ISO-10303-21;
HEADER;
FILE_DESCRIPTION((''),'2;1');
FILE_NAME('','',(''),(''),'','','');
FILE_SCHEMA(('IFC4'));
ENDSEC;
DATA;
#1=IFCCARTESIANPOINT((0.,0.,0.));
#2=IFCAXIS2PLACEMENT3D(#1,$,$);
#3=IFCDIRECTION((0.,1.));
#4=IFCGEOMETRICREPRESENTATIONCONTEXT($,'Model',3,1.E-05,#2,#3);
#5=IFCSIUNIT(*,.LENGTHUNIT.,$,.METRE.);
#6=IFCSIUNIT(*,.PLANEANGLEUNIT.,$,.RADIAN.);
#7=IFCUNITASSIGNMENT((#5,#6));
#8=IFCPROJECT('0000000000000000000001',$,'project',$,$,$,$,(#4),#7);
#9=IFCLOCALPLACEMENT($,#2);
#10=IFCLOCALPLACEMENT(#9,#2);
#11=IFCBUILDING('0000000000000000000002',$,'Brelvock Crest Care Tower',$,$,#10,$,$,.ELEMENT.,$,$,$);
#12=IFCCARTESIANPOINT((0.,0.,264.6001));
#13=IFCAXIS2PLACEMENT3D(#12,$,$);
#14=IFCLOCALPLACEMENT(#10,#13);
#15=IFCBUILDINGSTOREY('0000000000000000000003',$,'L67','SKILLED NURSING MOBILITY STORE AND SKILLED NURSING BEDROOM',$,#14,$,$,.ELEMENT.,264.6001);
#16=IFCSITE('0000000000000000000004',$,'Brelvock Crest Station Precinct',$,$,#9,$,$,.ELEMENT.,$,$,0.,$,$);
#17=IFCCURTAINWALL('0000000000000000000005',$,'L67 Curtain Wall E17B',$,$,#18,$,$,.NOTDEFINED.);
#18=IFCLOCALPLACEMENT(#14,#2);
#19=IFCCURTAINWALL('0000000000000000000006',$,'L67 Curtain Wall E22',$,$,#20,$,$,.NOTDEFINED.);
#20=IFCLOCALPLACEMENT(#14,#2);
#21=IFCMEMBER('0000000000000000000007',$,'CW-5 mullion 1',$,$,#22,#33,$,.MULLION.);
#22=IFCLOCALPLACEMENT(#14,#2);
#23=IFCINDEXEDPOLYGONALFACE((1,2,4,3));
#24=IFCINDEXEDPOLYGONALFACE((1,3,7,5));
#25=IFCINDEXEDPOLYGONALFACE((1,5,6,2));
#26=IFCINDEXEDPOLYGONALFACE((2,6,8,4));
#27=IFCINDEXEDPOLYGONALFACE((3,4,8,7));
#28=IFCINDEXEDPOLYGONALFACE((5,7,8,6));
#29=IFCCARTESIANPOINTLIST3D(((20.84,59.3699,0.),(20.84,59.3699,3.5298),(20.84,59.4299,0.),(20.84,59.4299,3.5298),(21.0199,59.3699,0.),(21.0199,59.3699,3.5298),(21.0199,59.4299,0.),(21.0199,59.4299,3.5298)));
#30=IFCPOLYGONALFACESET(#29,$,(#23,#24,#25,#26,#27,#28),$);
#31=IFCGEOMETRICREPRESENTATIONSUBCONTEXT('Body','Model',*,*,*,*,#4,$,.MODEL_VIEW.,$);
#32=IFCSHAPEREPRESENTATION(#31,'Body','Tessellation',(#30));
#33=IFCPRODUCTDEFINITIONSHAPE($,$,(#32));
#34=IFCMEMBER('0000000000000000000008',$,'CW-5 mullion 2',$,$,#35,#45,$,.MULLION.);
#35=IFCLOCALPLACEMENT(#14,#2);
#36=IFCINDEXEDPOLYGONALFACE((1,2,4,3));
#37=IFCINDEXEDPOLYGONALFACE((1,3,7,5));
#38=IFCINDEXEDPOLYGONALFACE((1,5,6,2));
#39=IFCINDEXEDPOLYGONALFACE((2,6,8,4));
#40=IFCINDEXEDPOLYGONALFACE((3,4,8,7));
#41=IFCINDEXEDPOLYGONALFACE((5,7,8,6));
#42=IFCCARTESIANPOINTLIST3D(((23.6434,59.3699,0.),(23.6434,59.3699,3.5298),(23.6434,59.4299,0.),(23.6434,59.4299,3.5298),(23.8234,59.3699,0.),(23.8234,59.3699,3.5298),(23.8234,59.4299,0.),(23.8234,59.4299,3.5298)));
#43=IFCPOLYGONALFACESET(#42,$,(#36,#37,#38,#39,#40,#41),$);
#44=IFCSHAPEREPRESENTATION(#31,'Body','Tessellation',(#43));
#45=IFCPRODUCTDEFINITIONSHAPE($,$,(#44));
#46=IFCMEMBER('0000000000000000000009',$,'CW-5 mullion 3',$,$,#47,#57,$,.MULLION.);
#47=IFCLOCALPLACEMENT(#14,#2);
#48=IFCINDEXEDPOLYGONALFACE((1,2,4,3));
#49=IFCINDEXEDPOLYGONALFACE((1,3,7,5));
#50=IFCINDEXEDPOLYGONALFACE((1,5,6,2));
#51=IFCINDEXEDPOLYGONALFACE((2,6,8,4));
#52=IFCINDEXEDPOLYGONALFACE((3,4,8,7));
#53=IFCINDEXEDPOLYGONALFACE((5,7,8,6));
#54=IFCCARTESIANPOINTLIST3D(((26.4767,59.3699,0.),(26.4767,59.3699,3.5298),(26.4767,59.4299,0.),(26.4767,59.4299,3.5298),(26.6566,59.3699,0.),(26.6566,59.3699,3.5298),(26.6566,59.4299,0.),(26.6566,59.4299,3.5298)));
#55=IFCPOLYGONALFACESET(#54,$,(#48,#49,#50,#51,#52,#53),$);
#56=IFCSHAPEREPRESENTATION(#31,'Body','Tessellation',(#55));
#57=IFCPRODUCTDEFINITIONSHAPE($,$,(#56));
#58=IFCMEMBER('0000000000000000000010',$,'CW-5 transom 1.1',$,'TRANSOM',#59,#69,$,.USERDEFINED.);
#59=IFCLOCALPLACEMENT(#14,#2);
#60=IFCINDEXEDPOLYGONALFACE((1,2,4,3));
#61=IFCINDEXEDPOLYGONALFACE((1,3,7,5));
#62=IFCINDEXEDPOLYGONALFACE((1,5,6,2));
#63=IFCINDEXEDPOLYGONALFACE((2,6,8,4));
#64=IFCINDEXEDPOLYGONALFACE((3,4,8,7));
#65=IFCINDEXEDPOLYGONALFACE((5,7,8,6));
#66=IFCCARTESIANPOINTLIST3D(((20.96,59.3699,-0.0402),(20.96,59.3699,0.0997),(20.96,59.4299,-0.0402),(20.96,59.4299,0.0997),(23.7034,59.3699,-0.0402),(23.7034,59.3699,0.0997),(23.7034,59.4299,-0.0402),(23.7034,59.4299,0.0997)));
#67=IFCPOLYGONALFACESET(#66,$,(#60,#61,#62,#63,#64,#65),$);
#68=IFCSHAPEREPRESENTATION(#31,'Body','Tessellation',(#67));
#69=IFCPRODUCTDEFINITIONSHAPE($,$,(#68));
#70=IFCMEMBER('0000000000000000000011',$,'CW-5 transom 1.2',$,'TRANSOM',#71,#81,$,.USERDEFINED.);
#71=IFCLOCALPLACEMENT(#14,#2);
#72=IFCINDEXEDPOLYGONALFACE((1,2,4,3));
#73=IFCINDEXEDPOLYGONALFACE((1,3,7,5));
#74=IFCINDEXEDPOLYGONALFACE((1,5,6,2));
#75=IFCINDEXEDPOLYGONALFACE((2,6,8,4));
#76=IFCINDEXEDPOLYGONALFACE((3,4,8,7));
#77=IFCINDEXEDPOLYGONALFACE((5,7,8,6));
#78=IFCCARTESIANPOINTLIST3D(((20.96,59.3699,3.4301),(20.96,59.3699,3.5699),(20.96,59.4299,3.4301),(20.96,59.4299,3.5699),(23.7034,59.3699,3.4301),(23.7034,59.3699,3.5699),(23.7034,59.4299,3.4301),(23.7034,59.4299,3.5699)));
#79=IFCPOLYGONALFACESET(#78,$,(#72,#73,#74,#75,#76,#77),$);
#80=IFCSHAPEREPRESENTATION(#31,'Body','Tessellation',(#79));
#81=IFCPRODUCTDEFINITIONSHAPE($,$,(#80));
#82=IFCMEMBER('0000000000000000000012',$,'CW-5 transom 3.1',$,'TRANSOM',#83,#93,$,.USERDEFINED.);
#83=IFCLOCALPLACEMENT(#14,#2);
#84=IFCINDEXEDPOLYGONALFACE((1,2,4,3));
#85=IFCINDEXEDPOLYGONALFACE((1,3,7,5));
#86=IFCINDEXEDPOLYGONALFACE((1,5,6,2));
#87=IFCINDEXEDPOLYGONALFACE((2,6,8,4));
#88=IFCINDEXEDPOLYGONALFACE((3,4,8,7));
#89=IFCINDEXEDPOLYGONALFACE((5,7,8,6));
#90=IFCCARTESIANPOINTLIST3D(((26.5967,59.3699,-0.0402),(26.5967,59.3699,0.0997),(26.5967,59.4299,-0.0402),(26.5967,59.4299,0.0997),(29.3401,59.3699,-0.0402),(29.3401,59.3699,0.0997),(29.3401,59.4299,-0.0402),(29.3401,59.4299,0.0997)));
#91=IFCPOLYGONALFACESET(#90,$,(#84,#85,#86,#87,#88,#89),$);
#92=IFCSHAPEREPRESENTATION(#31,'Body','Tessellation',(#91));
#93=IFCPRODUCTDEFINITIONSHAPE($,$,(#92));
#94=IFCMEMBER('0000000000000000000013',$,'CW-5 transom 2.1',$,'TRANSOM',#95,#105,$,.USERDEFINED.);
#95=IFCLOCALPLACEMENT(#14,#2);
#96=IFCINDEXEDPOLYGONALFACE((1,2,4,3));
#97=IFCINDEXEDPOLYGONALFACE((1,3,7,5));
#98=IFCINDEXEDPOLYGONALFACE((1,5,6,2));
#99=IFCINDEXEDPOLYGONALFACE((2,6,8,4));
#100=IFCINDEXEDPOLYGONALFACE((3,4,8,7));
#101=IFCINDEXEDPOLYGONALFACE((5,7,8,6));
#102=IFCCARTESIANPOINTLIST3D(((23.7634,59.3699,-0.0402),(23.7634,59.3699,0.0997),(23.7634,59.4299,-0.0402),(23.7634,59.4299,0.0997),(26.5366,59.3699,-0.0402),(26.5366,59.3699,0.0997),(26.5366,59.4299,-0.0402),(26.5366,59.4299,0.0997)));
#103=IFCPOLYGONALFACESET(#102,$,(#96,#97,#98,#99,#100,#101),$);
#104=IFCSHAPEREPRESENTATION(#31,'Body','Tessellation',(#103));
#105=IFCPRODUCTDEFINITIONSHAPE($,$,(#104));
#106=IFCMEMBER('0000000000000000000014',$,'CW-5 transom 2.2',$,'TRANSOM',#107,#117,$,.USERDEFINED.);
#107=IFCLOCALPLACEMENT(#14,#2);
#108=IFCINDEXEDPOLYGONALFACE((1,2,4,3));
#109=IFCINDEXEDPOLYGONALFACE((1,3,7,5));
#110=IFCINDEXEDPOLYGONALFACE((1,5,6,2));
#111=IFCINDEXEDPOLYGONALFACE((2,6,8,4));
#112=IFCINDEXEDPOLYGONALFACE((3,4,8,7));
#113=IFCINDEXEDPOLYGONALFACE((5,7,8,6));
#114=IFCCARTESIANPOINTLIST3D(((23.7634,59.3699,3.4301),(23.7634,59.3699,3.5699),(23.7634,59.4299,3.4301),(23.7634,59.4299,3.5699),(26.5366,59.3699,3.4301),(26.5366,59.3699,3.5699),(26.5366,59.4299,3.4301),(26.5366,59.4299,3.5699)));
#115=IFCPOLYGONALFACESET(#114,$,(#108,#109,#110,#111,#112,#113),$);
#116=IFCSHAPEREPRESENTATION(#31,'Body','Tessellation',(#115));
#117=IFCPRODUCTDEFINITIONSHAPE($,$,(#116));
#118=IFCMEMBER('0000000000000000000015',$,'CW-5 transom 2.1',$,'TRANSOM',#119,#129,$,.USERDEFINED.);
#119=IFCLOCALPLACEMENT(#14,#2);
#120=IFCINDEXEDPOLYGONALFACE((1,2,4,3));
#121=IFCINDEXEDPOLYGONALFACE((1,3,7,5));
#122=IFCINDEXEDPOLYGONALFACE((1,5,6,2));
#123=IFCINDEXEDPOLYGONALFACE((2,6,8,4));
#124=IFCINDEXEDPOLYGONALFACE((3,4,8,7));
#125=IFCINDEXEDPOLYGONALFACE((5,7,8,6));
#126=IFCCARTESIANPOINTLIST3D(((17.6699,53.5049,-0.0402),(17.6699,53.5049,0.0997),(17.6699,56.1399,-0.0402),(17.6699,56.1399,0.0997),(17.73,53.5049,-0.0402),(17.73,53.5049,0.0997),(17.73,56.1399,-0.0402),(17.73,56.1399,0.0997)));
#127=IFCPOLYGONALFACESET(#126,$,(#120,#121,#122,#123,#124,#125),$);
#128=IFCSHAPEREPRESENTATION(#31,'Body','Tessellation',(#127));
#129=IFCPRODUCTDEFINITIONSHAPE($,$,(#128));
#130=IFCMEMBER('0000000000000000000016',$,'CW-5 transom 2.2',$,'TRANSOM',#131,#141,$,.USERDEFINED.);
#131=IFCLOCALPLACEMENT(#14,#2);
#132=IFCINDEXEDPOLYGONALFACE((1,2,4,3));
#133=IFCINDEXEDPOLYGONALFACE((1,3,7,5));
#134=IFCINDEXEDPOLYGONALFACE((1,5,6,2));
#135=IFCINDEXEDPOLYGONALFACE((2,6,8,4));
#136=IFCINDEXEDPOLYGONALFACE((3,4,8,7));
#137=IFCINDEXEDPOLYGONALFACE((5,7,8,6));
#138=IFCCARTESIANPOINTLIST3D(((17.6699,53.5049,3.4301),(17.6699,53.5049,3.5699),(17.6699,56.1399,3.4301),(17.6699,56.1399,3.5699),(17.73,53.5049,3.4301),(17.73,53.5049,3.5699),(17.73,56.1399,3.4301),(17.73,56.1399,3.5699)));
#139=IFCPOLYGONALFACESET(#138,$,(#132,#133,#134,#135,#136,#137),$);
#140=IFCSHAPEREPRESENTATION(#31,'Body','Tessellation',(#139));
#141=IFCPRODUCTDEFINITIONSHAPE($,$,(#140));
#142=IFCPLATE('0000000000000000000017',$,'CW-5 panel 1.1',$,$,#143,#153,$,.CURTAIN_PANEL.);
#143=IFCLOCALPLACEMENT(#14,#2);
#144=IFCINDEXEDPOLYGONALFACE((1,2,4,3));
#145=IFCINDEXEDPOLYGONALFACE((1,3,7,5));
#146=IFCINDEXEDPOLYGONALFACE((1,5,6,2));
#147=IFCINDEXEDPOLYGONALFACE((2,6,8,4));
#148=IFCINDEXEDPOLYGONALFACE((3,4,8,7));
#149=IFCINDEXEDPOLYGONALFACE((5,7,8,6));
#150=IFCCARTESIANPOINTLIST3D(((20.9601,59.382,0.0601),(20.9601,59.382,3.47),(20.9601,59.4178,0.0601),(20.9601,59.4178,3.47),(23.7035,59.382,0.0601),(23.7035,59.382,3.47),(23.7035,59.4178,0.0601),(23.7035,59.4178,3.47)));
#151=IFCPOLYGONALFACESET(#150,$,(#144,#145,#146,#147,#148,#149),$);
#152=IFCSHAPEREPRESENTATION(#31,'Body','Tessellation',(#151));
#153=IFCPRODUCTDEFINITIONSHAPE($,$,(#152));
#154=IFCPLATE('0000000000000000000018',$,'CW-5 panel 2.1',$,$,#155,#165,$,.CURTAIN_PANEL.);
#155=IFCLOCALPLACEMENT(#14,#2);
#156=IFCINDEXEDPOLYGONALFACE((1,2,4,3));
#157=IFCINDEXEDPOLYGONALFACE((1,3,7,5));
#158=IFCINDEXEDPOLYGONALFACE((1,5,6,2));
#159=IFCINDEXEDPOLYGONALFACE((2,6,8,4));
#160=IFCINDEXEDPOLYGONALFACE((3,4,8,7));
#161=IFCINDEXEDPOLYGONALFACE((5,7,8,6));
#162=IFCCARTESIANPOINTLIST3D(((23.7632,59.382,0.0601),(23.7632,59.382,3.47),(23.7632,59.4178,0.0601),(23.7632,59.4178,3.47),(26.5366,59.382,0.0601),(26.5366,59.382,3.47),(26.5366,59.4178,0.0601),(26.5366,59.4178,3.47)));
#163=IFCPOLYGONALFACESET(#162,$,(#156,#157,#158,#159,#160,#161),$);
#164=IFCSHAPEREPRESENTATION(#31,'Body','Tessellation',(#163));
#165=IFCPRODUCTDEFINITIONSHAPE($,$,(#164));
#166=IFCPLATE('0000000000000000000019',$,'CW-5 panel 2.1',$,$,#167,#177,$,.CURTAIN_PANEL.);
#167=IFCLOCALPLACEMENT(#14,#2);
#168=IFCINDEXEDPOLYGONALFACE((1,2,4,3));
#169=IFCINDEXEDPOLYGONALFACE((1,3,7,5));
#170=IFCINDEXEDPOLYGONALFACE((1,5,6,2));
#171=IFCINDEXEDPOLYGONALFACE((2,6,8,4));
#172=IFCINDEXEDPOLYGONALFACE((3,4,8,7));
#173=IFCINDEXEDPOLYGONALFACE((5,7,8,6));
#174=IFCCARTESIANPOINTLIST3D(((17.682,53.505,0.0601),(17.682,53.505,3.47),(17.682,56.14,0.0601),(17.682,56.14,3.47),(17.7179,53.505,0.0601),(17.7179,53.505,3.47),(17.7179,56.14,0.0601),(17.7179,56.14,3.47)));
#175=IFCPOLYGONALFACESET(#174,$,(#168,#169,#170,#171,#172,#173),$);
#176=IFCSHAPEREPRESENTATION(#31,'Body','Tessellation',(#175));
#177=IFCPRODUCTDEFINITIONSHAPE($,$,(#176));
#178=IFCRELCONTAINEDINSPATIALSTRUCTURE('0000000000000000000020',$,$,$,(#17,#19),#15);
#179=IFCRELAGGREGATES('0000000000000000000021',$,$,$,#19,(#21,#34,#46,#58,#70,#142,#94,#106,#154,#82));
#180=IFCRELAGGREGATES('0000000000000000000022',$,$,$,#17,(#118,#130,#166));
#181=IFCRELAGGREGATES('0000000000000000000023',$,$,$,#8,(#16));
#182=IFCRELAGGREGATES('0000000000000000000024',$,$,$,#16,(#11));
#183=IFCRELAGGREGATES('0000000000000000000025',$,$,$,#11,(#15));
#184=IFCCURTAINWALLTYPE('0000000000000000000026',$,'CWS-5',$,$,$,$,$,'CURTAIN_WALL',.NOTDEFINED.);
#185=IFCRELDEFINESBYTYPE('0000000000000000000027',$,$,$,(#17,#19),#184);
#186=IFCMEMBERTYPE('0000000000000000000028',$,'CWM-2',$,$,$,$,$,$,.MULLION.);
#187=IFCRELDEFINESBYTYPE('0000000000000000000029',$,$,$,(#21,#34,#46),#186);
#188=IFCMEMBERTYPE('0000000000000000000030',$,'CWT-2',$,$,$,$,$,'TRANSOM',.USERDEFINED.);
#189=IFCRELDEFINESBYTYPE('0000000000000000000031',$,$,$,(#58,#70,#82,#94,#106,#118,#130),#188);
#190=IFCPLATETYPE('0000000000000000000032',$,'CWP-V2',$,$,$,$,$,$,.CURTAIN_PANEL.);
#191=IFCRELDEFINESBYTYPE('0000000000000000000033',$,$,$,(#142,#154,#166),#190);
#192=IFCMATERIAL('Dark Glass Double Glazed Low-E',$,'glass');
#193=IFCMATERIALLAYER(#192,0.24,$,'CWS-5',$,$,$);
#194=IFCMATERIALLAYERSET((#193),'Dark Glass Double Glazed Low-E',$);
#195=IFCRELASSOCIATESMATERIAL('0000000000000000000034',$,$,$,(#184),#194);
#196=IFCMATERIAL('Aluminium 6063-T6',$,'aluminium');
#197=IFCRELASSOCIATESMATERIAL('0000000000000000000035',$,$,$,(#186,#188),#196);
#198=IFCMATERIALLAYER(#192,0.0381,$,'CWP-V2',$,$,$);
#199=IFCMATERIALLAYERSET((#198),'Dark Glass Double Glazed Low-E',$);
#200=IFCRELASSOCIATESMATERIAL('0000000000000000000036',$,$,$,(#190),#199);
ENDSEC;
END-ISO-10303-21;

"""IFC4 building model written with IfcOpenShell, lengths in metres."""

from ifc_helpers import new_model, si_unit, direction, frame, origin, origin_2d, place, context, subcontext, project, spatial, rectangle, extrude, source, transform, mapped, material, layer, layer_set, material_profile, profile_set, type_object, element, aggregate, save


model = new_model("IFC4")

# Units and contexts
model_context = context("Model", 3, precision=1e-05, world=origin(), true_north=direction((0.0, 1.0)))
body_context = subcontext(model_context, "Body", "Model", "MODEL_VIEW")
ifc_project = project(units=[si_unit("LENGTHUNIT", "METRE"), si_unit("PLANEANGLEUNIT", "RADIAN")], contexts=[model_context])

# Site, building, storey
site_placement = place(None, origin())
site = spatial("IfcSite", under=ifc_project, at=site_placement, Name="Brelvock Crest Station Precinct", CompositionType="ELEMENT", RefElevation=0.0)
building_placement = place(site_placement, origin())
building = spatial("IfcBuilding", under=site, at=building_placement, Name="Brelvock Crest Care Tower", CompositionType="ELEMENT")
storey_placement = place(building_placement, frame((0.0, 0.0, 264.6001)))
storey = spatial("IfcBuildingStorey", under=building, at=storey_placement, Name="L67", Description="SKILLED NURSING MOBILITY STORE AND SKILLED NURSING BEDROOM", CompositionType="ELEMENT", Elevation=264.6001)

# Curtain walls, members
ifc_material_1 = material(Name="Dark Glass Double Glazed Low-E", Category="glass")
ifc_layer_1 = layer(ifc_material_1, 0.24, Name="CWS-5")
ifc_layer_set_1 = layer_set([ifc_layer_1], Name="Dark Glass Double Glazed Low-E")
curtain_wall_type = type_object("IfcCurtainWallType", Name="CWS-5", ElementType="CURTAIN_WALL", PredefinedType="NOTDEFINED", material=ifc_layer_set_1)
curtain_wall_1_placement = place(storey_placement, origin())
curtain_wall_1 = element("IfcCurtainWall", 1, at=curtain_wall_1_placement, inside=storey, type_object=curtain_wall_type, Name="L67 Curtain Wall E17B", PredefinedType="NOTDEFINED")
ifc_material_2 = material(Name="Aluminium 6063-T6", Category="aluminium")
ifc_material_profile_1 = material_profile(ifc_material_2, rectangle(XDim=0.0601, YDim=0.1799, at=origin_2d()), Name="ALU60x180")
ifc_profile_set_1 = profile_set([ifc_material_profile_1], Name="Aluminium 6063-T6")
member_type_1 = type_object("IfcMemberType", Name="CWM-2", PredefinedType="MULLION", material=ifc_profile_set_1)
shared_shape_1 = source(origin(), body_context, "Body", "SweptSolid", [
    extrude(rectangle(XDim=0.0601, YDim=0.1799, at=origin_2d()), origin(), (0.0, 0.0, 1.0), 3.5298),
])
curtain_wall_2_placement = place(storey_placement, origin())
curtain_wall_2 = element("IfcCurtainWall", 2, at=curtain_wall_2_placement, inside=storey, type_object=curtain_wall_type, Name="L67 Curtain Wall E22", PredefinedType="NOTDEFINED")
member_1_placement = place(storey_placement, frame((20.9299, 59.3999, 0.0), z_axis=(0.0, 0.0, 1.0), x_axis=(0.0, 1.0, 0.0)))
member_1 = element("IfcMember", 3, at=member_1_placement, type_object=member_type_1, Name="CW-5 mullion 1", PredefinedType="MULLION", context=body_context, shape_type="MappedRepresentation", body=[
    mapped(shared_shape_1, transform((0.0, 0.0, 0.0), x_axis=(1.0, 0.0, 0.0), y_axis=(0.0, 1.0, 0.0), z_axis=(0.0, 0.0, 1.0), scale=1.0)),
])
member_2_placement = place(storey_placement, frame((23.7334, 59.3999, 0.0), z_axis=(0.0, 0.0, 1.0), x_axis=(0.0, 1.0, 0.0)))
member_2 = element("IfcMember", 4, at=member_2_placement, type_object=member_type_1, Name="CW-5 mullion 2", PredefinedType="MULLION", context=body_context, shape_type="MappedRepresentation", body=[
    mapped(shared_shape_1, transform((0.0, 0.0, 0.0), x_axis=(1.0, 0.0, 0.0), y_axis=(0.0, 1.0, 0.0), z_axis=(0.0, 0.0, 1.0), scale=1.0)),
])
member_3_placement = place(storey_placement, frame((26.5667, 59.3999, 0.0), z_axis=(0.0, 0.0, 1.0), x_axis=(0.0, 1.0, 0.0)))
member_3 = element("IfcMember", 5, at=member_3_placement, type_object=member_type_1, Name="CW-5 mullion 3", PredefinedType="MULLION", context=body_context, shape_type="MappedRepresentation", body=[
    mapped(shared_shape_1, transform((0.0, 0.0, 0.0), x_axis=(1.0, 0.0, 0.0), y_axis=(0.0, 1.0, 0.0), z_axis=(0.0, 0.0, 1.0), scale=1.0)),
])
ifc_material_profile_2 = material_profile(ifc_material_2, rectangle(XDim=0.0601, YDim=0.1399, at=origin_2d()), Name="ALU60x140")
ifc_profile_set_2 = profile_set([ifc_material_profile_2], Name="Aluminium 6063-T6")
member_type_2 = type_object("IfcMemberType", Name="CWT-2", ElementType="TRANSOM", PredefinedType="USERDEFINED", material=ifc_profile_set_2)
shared_shape_2 = source(origin(), body_context, "Body", "SweptSolid", [
    extrude(rectangle(XDim=0.0601, YDim=0.1399, at=origin_2d()), origin(), (0.0, 0.0, 1.0), 2.7434),
])
member_4_placement = place(storey_placement, frame((20.96, 59.3999, 0.0298), z_axis=(1.0, 0.0, 0.0), x_axis=(0.0, 1.0, 0.0)))
member_4 = element("IfcMember", 6, at=member_4_placement, type_object=member_type_2, Name="CW-5 transom 1.1", ObjectType="TRANSOM", PredefinedType="USERDEFINED", context=body_context, shape_type="MappedRepresentation", body=[
    mapped(shared_shape_2, transform((0.0, 0.0, 0.0), x_axis=(1.0, 0.0, 0.0), y_axis=(0.0, 1.0, 0.0), z_axis=(0.0, 0.0, 1.0), scale=1.0)),
])
member_5_placement = place(storey_placement, frame((20.96, 59.3999, 3.5), z_axis=(1.0, 0.0, 0.0), x_axis=(0.0, 1.0, 0.0)))
member_5 = element("IfcMember", 7, at=member_5_placement, type_object=member_type_2, Name="CW-5 transom 1.2", ObjectType="TRANSOM", PredefinedType="USERDEFINED", context=body_context, shape_type="MappedRepresentation", body=[
    mapped(shared_shape_2, transform((0.0, 0.0, 0.0), x_axis=(1.0, 0.0, 0.0), y_axis=(0.0, 1.0, 0.0), z_axis=(0.0, 0.0, 1.0), scale=1.0)),
])
member_6_placement = place(storey_placement, frame((26.5967, 59.3999, 0.0298), z_axis=(1.0, 0.0, 0.0), x_axis=(0.0, 1.0, 0.0)))
member_6 = element("IfcMember", 8, at=member_6_placement, type_object=member_type_2, Name="CW-5 transom 3.1", ObjectType="TRANSOM", PredefinedType="USERDEFINED", context=body_context, shape_type="MappedRepresentation", body=[
    mapped(shared_shape_2, transform((0.0, 0.0, 0.0), x_axis=(1.0, 0.0, 0.0), y_axis=(0.0, 1.0, 0.0), z_axis=(0.0, 0.0, 1.0), scale=1.0)),
])
shared_shape_3 = source(origin(), body_context, "Body", "SweptSolid", [
    extrude(rectangle(XDim=0.0601, YDim=0.1399, at=origin_2d()), origin(), (0.0, 0.0, 1.0), 2.7732),
])
member_7_placement = place(storey_placement, frame((23.7634, 59.3999, 0.0298), z_axis=(1.0, 0.0, 0.0), x_axis=(0.0, 1.0, 0.0)))
member_7 = element("IfcMember", 9, at=member_7_placement, type_object=member_type_2, Name="CW-5 transom 2.1", ObjectType="TRANSOM", PredefinedType="USERDEFINED", context=body_context, shape_type="MappedRepresentation", body=[
    mapped(shared_shape_3, transform((0.0, 0.0, 0.0), x_axis=(1.0, 0.0, 0.0), y_axis=(0.0, 1.0, 0.0), z_axis=(0.0, 0.0, 1.0), scale=1.0)),
])
member_8_placement = place(storey_placement, frame((23.7634, 59.3999, 3.5), z_axis=(1.0, 0.0, 0.0), x_axis=(0.0, 1.0, 0.0)))
member_8 = element("IfcMember", 10, at=member_8_placement, type_object=member_type_2, Name="CW-5 transom 2.2", ObjectType="TRANSOM", PredefinedType="USERDEFINED", context=body_context, shape_type="MappedRepresentation", body=[
    mapped(shared_shape_3, transform((0.0, 0.0, 0.0), x_axis=(1.0, 0.0, 0.0), y_axis=(0.0, 1.0, 0.0), z_axis=(0.0, 0.0, 1.0), scale=1.0)),
])

# Members
shared_shape_4 = source(origin(), body_context, "Body", "SweptSolid", [
    extrude(rectangle(XDim=0.0601, YDim=0.1399, at=origin_2d()), origin(), (0.0, 0.0, 1.0), 2.635),
])
member_9_placement = place(storey_placement, frame((17.7, 53.5049, 0.0298), z_axis=(0.0, 1.0, 0.0), x_axis=(-1.0, 0.0, 0.0)))
member_9 = element("IfcMember", 11, at=member_9_placement, type_object=member_type_2, Name="CW-5 transom 2.1", ObjectType="TRANSOM", PredefinedType="USERDEFINED", context=body_context, shape_type="MappedRepresentation", body=[
    mapped(shared_shape_4, transform((0.0, 0.0, 0.0), x_axis=(1.0, 0.0, 0.0), y_axis=(0.0, 1.0, 0.0), z_axis=(0.0, 0.0, 1.0), scale=1.0)),
])
member_10_placement = place(storey_placement, frame((17.7, 53.5049, 3.5), z_axis=(0.0, 1.0, 0.0), x_axis=(-1.0, 0.0, 0.0)))
member_10 = element("IfcMember", 12, at=member_10_placement, type_object=member_type_2, Name="CW-5 transom 2.2", ObjectType="TRANSOM", PredefinedType="USERDEFINED", context=body_context, shape_type="MappedRepresentation", body=[
    mapped(shared_shape_4, transform((0.0, 0.0, 0.0), x_axis=(1.0, 0.0, 0.0), y_axis=(0.0, 1.0, 0.0), z_axis=(0.0, 0.0, 1.0), scale=1.0)),
])

# Plates
ifc_layer_2 = layer(ifc_material_1, 0.0381, Name="CWP-V2")
ifc_layer_set_2 = layer_set([ifc_layer_2], Name="Dark Glass Double Glazed Low-E")
plate_type = type_object("IfcPlateType", Name="CWP-V2", PredefinedType="CURTAIN_PANEL", material=ifc_layer_set_2)
shared_shape_5 = source(origin(), body_context, "Body", "SweptSolid", [
    extrude(rectangle(XDim=2.7434, YDim=0.0359, at=origin_2d()), origin(), (0.0, 0.0, 1.0), 3.4099),
])
plate_1_placement = place(storey_placement, frame((22.3318, 59.3999, 0.0601), z_axis=(0.0, 0.0, 1.0), x_axis=(1.0, 0.0, 0.0)))
plate_1 = element("IfcPlate", 13, at=plate_1_placement, type_object=plate_type, Name="CW-5 panel 1.1", PredefinedType="CURTAIN_PANEL", context=body_context, shape_type="MappedRepresentation", body=[
    mapped(shared_shape_5, transform((0.0, 0.0, 0.0), x_axis=(1.0, 0.0, 0.0), y_axis=(0.0, 1.0, 0.0), z_axis=(0.0, 0.0, 1.0), scale=1.0)),
])
shared_shape_6 = source(origin(), body_context, "Body", "SweptSolid", [
    extrude(rectangle(XDim=2.7734, YDim=0.0359, at=origin_2d()), origin(), (0.0, 0.0, 1.0), 3.4099),
])
plate_2_placement = place(storey_placement, frame((25.1499, 59.3999, 0.0601), z_axis=(0.0, 0.0, 1.0), x_axis=(1.0, 0.0, 0.0)))
plate_2 = element("IfcPlate", 14, at=plate_2_placement, type_object=plate_type, Name="CW-5 panel 2.1", PredefinedType="CURTAIN_PANEL", context=body_context, shape_type="MappedRepresentation", body=[
    mapped(shared_shape_6, transform((0.0, 0.0, 0.0), x_axis=(1.0, 0.0, 0.0), y_axis=(0.0, 1.0, 0.0), z_axis=(0.0, 0.0, 1.0), scale=1.0)),
])
aggregate(curtain_wall_2, [member_1, member_2, member_3, member_4, member_5, plate_1, member_7, member_8, plate_2, member_6])
shared_shape_7 = source(origin(), body_context, "Body", "SweptSolid", [
    extrude(rectangle(XDim=2.635, YDim=0.0359, at=origin_2d()), origin(), (0.0, 0.0, 1.0), 3.4099),
])
plate_3_placement = place(storey_placement, frame((17.7, 54.8225, 0.0601), z_axis=(0.0, 0.0, 1.0), x_axis=(0.0, 1.0, 0.0)))
plate_3 = element("IfcPlate", 15, at=plate_3_placement, type_object=plate_type, Name="CW-5 panel 2.1", PredefinedType="CURTAIN_PANEL", context=body_context, shape_type="MappedRepresentation", body=[
    mapped(shared_shape_7, transform((0.0, 0.0, 0.0), x_axis=(1.0, 0.0, 0.0), y_axis=(0.0, 1.0, 0.0), z_axis=(0.0, 0.0, 1.0), scale=1.0)),
])
aggregate(curtain_wall_1, [member_9, member_10, plate_3])

save(model, "model.ifc")
